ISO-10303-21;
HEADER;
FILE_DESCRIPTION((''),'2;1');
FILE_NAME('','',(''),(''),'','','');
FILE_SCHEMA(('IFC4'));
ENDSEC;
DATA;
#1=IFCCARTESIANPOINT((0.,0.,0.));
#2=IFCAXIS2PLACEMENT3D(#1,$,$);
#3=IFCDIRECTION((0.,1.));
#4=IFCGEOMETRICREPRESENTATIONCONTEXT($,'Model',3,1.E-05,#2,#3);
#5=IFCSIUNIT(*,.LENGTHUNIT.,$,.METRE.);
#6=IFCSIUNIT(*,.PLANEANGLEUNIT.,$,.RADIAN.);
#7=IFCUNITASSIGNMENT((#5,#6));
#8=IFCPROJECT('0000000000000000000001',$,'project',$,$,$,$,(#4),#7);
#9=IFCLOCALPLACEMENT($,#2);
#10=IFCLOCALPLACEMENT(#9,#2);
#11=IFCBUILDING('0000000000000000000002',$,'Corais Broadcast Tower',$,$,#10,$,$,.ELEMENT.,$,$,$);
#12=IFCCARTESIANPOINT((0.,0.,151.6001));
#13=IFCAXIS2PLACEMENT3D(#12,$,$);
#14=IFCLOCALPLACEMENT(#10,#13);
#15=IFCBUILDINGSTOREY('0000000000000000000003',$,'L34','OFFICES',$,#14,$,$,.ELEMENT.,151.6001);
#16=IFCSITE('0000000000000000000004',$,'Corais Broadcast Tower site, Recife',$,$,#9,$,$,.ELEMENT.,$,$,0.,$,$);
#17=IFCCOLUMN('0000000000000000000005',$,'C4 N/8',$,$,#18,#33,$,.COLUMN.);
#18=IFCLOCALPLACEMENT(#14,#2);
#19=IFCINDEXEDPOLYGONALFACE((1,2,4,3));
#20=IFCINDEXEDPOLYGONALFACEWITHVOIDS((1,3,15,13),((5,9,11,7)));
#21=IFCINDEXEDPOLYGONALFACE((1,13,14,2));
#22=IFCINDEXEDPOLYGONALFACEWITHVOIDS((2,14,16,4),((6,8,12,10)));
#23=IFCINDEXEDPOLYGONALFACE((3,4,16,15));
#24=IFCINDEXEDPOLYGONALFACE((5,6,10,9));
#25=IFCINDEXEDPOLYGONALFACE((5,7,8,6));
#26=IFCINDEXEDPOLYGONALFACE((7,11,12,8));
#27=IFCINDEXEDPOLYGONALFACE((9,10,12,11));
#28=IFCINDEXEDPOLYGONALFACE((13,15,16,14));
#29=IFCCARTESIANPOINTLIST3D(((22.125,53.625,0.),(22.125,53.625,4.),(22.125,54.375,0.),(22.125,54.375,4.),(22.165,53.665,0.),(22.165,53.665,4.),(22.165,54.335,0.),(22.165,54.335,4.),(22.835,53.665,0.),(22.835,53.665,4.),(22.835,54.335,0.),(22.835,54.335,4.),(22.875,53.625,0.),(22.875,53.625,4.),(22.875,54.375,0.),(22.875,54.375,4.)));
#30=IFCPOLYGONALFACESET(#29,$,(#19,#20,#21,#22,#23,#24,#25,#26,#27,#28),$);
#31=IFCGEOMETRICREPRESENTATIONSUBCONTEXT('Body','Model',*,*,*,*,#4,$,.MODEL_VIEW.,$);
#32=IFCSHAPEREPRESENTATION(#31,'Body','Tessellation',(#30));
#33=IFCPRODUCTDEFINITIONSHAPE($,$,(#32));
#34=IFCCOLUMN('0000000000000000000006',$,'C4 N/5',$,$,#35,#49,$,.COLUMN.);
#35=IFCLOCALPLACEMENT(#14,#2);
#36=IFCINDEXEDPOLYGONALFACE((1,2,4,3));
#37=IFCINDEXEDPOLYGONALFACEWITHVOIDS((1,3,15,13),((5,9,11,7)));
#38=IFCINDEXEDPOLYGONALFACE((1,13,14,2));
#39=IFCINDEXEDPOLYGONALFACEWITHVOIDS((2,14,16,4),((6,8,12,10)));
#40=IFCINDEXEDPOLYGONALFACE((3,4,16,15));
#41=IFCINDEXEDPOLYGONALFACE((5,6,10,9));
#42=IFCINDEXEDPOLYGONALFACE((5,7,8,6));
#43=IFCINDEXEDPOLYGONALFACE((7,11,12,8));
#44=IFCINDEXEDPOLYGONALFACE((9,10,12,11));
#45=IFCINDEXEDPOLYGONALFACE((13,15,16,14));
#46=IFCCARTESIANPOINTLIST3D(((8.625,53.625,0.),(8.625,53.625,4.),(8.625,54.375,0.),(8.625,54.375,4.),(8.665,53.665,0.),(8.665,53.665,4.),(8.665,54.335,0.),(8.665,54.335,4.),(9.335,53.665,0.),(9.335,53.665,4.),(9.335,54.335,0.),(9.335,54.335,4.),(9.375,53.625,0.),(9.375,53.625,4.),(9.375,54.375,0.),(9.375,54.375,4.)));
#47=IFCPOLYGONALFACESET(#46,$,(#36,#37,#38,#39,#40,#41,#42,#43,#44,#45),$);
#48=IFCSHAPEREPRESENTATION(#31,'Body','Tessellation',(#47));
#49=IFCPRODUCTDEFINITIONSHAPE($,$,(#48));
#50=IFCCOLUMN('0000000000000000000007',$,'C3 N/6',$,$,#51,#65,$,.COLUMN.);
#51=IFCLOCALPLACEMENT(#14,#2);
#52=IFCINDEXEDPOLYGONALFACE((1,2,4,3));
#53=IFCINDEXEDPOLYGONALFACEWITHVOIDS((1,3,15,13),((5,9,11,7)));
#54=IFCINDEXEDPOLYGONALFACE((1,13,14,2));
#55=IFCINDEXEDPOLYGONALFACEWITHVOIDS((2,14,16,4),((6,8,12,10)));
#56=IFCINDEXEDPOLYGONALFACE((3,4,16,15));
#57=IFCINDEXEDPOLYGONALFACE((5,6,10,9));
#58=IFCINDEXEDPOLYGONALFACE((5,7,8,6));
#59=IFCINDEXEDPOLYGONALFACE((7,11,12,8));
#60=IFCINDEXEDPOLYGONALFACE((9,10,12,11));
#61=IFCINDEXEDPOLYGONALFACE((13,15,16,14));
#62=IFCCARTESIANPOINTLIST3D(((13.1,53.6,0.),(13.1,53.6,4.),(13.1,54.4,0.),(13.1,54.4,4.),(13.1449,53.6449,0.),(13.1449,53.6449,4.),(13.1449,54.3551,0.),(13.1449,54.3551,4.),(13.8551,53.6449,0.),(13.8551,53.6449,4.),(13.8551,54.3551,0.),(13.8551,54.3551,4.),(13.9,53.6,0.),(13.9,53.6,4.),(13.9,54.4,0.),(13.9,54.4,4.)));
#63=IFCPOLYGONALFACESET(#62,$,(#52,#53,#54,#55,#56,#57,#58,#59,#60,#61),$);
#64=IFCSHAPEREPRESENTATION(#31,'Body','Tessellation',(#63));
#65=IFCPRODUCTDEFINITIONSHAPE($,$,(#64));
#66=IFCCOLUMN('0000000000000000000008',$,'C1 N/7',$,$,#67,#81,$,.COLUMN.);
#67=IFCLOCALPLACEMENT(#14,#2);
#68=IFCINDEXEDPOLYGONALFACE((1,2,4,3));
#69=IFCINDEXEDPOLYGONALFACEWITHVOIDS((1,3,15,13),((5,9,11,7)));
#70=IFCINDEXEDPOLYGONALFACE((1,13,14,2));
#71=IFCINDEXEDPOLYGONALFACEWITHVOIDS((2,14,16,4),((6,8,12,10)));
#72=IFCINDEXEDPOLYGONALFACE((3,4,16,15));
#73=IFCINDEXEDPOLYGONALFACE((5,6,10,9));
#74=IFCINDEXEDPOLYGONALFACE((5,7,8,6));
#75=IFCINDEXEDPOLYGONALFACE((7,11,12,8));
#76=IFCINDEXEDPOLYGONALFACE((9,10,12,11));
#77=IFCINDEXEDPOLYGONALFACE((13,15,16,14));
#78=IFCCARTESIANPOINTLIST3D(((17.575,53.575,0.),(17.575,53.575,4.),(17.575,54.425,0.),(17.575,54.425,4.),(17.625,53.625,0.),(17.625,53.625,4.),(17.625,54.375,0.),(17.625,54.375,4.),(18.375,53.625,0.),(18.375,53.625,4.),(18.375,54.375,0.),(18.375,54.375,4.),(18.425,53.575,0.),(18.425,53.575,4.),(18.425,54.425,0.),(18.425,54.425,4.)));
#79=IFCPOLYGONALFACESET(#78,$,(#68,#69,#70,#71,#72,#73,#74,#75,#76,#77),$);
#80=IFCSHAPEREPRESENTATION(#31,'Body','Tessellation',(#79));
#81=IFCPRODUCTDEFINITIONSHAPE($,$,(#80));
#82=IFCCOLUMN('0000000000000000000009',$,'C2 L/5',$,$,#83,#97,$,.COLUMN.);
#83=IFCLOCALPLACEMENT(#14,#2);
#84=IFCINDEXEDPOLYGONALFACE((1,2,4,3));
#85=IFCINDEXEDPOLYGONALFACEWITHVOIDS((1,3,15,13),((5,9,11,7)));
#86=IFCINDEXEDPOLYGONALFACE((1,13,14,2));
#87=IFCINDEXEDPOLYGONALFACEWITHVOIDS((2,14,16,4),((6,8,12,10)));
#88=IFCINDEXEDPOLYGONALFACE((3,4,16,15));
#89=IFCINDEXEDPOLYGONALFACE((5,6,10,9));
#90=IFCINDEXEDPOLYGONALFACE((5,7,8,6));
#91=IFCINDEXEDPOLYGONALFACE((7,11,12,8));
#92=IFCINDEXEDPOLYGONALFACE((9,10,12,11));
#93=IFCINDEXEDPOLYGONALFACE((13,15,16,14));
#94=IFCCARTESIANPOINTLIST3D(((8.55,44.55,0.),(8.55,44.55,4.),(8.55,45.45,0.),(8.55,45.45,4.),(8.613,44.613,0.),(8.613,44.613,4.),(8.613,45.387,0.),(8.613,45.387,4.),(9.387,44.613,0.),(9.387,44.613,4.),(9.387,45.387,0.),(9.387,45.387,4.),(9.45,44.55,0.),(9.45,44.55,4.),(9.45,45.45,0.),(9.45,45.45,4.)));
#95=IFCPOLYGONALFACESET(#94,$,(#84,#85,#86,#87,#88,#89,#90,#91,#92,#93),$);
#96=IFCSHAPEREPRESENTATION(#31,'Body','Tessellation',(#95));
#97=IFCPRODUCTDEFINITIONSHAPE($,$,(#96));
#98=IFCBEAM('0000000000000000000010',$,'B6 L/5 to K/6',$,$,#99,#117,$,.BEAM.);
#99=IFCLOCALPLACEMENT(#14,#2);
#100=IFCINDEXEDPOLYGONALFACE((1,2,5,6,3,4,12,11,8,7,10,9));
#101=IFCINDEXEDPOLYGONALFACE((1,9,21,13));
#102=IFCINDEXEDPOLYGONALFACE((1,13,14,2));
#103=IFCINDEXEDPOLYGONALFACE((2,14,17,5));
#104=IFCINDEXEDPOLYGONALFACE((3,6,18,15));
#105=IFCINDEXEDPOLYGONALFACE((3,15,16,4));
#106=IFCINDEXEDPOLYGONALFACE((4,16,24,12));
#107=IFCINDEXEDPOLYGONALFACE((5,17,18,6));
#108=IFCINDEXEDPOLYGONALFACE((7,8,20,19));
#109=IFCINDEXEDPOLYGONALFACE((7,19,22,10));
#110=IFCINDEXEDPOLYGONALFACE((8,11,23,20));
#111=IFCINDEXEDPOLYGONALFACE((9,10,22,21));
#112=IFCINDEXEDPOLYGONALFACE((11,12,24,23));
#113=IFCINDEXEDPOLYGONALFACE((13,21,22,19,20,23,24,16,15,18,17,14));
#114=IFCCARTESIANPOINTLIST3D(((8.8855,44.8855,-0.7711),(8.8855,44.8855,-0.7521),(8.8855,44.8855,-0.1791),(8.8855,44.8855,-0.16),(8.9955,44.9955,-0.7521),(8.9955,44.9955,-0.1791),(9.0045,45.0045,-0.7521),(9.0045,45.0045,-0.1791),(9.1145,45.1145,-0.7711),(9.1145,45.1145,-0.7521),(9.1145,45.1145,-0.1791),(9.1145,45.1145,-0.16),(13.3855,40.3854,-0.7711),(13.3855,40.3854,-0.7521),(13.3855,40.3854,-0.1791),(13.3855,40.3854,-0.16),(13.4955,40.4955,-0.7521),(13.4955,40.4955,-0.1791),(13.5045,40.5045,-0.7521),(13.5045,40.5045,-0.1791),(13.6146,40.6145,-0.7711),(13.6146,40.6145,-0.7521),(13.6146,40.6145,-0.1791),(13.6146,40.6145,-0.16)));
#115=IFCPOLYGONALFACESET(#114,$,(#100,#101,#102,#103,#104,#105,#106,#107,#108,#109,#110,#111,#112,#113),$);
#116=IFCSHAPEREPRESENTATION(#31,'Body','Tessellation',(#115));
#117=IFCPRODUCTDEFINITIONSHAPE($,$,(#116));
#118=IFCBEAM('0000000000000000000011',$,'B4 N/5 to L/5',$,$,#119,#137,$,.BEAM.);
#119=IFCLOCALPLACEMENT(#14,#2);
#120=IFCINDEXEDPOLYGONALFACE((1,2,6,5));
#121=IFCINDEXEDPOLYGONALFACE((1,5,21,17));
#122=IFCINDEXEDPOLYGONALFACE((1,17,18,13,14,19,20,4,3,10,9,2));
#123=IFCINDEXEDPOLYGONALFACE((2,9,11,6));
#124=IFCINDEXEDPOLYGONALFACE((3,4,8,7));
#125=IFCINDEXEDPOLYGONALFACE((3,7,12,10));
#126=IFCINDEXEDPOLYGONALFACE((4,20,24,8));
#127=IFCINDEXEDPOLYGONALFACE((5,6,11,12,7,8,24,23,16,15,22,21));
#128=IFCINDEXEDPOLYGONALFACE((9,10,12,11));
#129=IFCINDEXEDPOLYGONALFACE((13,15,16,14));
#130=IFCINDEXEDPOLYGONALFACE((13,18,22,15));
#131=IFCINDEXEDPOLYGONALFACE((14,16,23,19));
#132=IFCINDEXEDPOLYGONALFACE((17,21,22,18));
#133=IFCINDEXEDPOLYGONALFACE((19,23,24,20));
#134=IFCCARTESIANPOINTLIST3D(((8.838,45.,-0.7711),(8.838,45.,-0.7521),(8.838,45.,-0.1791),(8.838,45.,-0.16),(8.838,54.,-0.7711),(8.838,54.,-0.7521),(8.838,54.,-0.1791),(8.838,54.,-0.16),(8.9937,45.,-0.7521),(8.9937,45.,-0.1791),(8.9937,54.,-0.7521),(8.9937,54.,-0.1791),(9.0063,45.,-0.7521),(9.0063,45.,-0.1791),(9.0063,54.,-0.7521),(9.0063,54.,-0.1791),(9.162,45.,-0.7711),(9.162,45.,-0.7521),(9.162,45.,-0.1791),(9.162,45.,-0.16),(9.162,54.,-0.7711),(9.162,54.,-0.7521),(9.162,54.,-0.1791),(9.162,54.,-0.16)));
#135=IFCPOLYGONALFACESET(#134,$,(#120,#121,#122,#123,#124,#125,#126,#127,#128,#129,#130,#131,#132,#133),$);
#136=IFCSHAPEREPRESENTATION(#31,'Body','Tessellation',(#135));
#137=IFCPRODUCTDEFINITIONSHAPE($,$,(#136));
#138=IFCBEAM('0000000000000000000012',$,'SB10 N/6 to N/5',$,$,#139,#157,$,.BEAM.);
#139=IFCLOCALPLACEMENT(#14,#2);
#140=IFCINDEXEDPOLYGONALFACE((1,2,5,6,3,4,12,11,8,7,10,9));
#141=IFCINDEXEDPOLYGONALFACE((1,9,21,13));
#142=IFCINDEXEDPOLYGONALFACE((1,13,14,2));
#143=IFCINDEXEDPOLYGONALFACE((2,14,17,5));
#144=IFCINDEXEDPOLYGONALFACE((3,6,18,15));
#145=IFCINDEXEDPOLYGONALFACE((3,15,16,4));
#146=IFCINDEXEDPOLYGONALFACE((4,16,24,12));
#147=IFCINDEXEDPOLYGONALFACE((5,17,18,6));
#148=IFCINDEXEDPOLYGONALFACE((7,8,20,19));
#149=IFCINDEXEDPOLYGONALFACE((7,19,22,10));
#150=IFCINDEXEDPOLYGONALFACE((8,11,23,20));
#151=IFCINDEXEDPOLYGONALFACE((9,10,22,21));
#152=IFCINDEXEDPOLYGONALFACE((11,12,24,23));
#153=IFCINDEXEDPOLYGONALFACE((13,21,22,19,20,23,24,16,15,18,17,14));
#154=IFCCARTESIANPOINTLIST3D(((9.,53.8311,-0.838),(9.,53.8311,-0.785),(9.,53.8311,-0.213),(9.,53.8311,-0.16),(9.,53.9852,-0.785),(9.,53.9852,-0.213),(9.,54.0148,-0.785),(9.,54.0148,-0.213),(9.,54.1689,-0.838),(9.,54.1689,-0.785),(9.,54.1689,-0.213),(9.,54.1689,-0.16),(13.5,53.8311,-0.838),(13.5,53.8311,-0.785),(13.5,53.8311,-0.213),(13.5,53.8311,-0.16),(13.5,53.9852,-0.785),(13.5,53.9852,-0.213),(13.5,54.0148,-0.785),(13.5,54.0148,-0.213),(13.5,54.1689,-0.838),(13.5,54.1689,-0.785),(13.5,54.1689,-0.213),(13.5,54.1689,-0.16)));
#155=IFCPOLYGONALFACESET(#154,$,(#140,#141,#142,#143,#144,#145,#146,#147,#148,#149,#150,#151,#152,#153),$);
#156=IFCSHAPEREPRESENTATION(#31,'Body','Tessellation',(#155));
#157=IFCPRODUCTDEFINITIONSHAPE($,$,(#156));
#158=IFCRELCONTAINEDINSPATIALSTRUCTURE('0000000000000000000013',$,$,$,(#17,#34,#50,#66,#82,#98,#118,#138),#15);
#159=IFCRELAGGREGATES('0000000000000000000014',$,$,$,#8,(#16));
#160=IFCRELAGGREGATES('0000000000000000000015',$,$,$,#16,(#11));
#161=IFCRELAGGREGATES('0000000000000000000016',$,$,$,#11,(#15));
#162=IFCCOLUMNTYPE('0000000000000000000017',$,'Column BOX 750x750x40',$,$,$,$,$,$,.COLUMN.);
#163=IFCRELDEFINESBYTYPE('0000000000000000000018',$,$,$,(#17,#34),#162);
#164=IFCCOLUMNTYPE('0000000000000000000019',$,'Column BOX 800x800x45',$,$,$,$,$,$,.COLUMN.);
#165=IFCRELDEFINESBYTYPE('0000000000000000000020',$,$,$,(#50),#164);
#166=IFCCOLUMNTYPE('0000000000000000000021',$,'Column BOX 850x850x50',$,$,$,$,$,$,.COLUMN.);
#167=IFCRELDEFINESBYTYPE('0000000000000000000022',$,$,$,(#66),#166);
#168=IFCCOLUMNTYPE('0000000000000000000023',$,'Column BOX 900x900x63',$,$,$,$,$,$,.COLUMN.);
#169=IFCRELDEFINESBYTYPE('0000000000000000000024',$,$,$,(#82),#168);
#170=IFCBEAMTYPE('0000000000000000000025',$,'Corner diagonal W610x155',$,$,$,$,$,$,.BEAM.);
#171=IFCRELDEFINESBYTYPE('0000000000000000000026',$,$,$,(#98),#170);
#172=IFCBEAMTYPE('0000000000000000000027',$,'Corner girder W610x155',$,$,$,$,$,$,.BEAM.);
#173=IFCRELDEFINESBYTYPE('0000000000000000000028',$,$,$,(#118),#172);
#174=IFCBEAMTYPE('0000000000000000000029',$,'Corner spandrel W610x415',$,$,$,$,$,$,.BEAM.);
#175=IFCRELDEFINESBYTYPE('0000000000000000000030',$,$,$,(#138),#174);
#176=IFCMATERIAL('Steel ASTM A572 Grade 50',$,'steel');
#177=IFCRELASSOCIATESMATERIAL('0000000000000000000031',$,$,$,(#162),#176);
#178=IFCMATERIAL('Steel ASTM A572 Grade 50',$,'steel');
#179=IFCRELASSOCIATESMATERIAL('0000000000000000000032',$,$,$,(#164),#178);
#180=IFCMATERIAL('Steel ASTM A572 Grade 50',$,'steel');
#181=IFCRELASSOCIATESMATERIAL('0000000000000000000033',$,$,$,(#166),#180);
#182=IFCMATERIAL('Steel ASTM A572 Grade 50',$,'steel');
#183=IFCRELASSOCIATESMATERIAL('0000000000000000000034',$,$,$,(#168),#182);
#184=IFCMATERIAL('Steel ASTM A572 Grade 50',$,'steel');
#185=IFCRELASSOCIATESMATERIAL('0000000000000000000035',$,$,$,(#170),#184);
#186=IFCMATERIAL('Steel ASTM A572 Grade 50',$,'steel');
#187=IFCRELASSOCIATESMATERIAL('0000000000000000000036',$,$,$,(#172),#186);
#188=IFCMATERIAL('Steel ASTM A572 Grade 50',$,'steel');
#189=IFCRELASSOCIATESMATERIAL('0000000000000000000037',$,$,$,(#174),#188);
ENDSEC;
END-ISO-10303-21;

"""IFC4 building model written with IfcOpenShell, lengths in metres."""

from ifc_helpers import new_model, si_unit, direction, frame, origin, origin_2d, place, context, subcontext, project, spatial, hollow_rectangle, i_section, extrude, material, material_profile, profile_set, type_object, element, save


model = new_model("IFC4")

# Units and contexts
model_context = context("Model", 3, precision=1e-05, world=origin(), true_north=direction((0.0, 1.0)))
body_context = subcontext(model_context, "Body", "Model", "MODEL_VIEW")
ifc_project = project(units=[si_unit("LENGTHUNIT", "METRE"), si_unit("PLANEANGLEUNIT", "RADIAN")], contexts=[model_context])

# Site, building, storey
site_placement = place(None, origin())
site = spatial("IfcSite", under=ifc_project, at=site_placement, Name="Corais Broadcast Tower site, Recife", CompositionType="ELEMENT", RefElevation=0.0)
building_placement = place(site_placement, origin())
building = spatial("IfcBuilding", under=site, at=building_placement, Name="Corais Broadcast Tower", CompositionType="ELEMENT")
storey_placement = place(building_placement, frame((0.0, 0.0, 151.6001)))
storey = spatial("IfcBuildingStorey", under=building, at=storey_placement, Name="L34", Description="OFFICES", CompositionType="ELEMENT", Elevation=151.6001)

# Columns
ifc_material_1 = material(Name="Steel ASTM A572 Grade 50", Category="steel")
ifc_material_profile_1 = material_profile(ifc_material_1, hollow_rectangle(XDim=0.75, YDim=0.75, WallThickness=0.04, at=origin_2d()), Name="BOX 750x750x40")
ifc_profile_set_1 = profile_set([ifc_material_profile_1], Name="Steel ASTM A572 Grade 50")
column_type_1 = type_object("IfcColumnType", Name="Column BOX 750x750x40", PredefinedType="COLUMN", material=ifc_profile_set_1)
for number, where, z_axis, x_axis, name in (
    (1, (22.5, 54.0, 0.0), (0.0, 0.0, 1.0), (1.0, 0.0, 0.0), "C4 N/8"),
    (2, (9.0, 54.0, 0.0), (0.0, 0.0, 1.0), (1.0, 0.0, 0.0), "C4 N/5"),
):
    element("IfcColumn", number, at=place(storey_placement, frame(where, z_axis=z_axis, x_axis=x_axis)), inside=storey, type_object=column_type_1, Name=name, PredefinedType="COLUMN", context=body_context, shape_type="SweptSolid", body=[
        extrude(hollow_rectangle(XDim=0.75, YDim=0.75, WallThickness=0.04, at=origin_2d()), origin(), (0.0, 0.0, 1.0), 4.0),
    ])
ifc_material_2 = material(Name="Steel ASTM A572 Grade 50", Category="steel")
ifc_material_profile_2 = material_profile(ifc_material_2, hollow_rectangle(XDim=0.8, YDim=0.8, WallThickness=0.0449, at=origin_2d()), Name="BOX 800x800x45")
ifc_profile_set_2 = profile_set([ifc_material_profile_2], Name="Steel ASTM A572 Grade 50")
column_type_2 = type_object("IfcColumnType", Name="Column BOX 800x800x45", PredefinedType="COLUMN", material=ifc_profile_set_2)
column_1_placement = place(storey_placement, frame((13.5, 54.0, 0.0), z_axis=(0.0, 0.0, 1.0), x_axis=(1.0, 0.0, 0.0)))
element("IfcColumn", 3, at=column_1_placement, inside=storey, type_object=column_type_2, Name="C3 N/6", PredefinedType="COLUMN", context=body_context, shape_type="SweptSolid", body=[
    extrude(hollow_rectangle(XDim=0.8, YDim=0.8, WallThickness=0.0449, at=origin_2d()), origin(), (0.0, 0.0, 1.0), 4.0),
])
ifc_material_3 = material(Name="Steel ASTM A572 Grade 50", Category="steel")
ifc_material_profile_3 = material_profile(ifc_material_3, hollow_rectangle(XDim=0.8501, YDim=0.8501, WallThickness=0.05, at=origin_2d()), Name="BOX 850x850x50")
ifc_profile_set_3 = profile_set([ifc_material_profile_3], Name="Steel ASTM A572 Grade 50")
column_type_3 = type_object("IfcColumnType", Name="Column BOX 850x850x50", PredefinedType="COLUMN", material=ifc_profile_set_3)
column_2_placement = place(storey_placement, frame((18.0, 54.0, 0.0), z_axis=(0.0, 0.0, 1.0), x_axis=(1.0, 0.0, 0.0)))
element("IfcColumn", 4, at=column_2_placement, inside=storey, type_object=column_type_3, Name="C1 N/7", PredefinedType="COLUMN", context=body_context, shape_type="SweptSolid", body=[
    extrude(hollow_rectangle(XDim=0.8501, YDim=0.8501, WallThickness=0.05, at=origin_2d()), origin(), (0.0, 0.0, 1.0), 4.0),
])
ifc_material_4 = material(Name="Steel ASTM A572 Grade 50", Category="steel")
ifc_material_profile_4 = material_profile(ifc_material_4, hollow_rectangle(XDim=0.8999, YDim=0.8999, WallThickness=0.063, at=origin_2d()), Name="BOX 900x900x63")
ifc_profile_set_4 = profile_set([ifc_material_profile_4], Name="Steel ASTM A572 Grade 50")
column_type_4 = type_object("IfcColumnType", Name="Column BOX 900x900x63", PredefinedType="COLUMN", material=ifc_profile_set_4)
column_3_placement = place(storey_placement, frame((9.0, 45.0, 0.0), z_axis=(0.0, 0.0, 1.0), x_axis=(1.0, 0.0, 0.0)))
element("IfcColumn", 5, at=column_3_placement, inside=storey, type_object=column_type_4, Name="C2 L/5", PredefinedType="COLUMN", context=body_context, shape_type="SweptSolid", body=[
    extrude(hollow_rectangle(XDim=0.8999, YDim=0.8999, WallThickness=0.063, at=origin_2d()), origin(), (0.0, 0.0, 1.0), 4.0),
])

# Beams
ifc_material_5 = material(Name="Steel ASTM A572 Grade 50", Category="steel")
ifc_material_profile_5 = material_profile(ifc_material_5, i_section(OverallWidth=0.324, OverallDepth=0.6111, WebThickness=0.0127, FlangeThickness=0.019, at=origin_2d()), Name="W610x155")
ifc_profile_set_5 = profile_set([ifc_material_profile_5], Name="Steel ASTM A572 Grade 50")
beam_type_1 = type_object("IfcBeamType", Name="Corner diagonal W610x155", PredefinedType="BEAM", material=ifc_profile_set_5)
beam_1_placement = place(storey_placement, frame((9.0, 45.0, -0.4656), z_axis=(0.707107, -0.707107, 0.0), x_axis=(0.707107, 0.707107, 0.0)))
element("IfcBeam", 6, at=beam_1_placement, inside=storey, type_object=beam_type_1, Name="B6 L/5 to K/6", PredefinedType="BEAM", context=body_context, shape_type="SweptSolid", body=[
    extrude(i_section(OverallWidth=0.324, OverallDepth=0.6111, WebThickness=0.0127, FlangeThickness=0.019, at=origin_2d()), origin(), (0.0, 0.0, 1.0), 6.364),
])
ifc_material_6 = material(Name="Steel ASTM A572 Grade 50", Category="steel")
ifc_material_profile_6 = material_profile(ifc_material_6, i_section(OverallWidth=0.324, OverallDepth=0.6111, WebThickness=0.0127, FlangeThickness=0.019, at=origin_2d()), Name="W610x155")
ifc_profile_set_6 = profile_set([ifc_material_profile_6], Name="Steel ASTM A572 Grade 50")
beam_type_2 = type_object("IfcBeamType", Name="Corner girder W610x155", PredefinedType="BEAM", material=ifc_profile_set_6)
beam_2_placement = place(storey_placement, frame((9.0, 54.0, -0.4656), z_axis=(0.0, -1.0, 0.0), x_axis=(1.0, 0.0, 0.0)))
element("IfcBeam", 7, at=beam_2_placement, inside=storey, type_object=beam_type_2, Name="B4 N/5 to L/5", PredefinedType="BEAM", context=body_context, shape_type="SweptSolid", body=[
    extrude(i_section(OverallWidth=0.324, OverallDepth=0.6111, WebThickness=0.0127, FlangeThickness=0.019, at=origin_2d()), origin(), (0.0, 0.0, 1.0), 9.0),
])
ifc_material_7 = material(Name="Steel ASTM A572 Grade 50", Category="steel")
ifc_material_profile_7 = material_profile(ifc_material_7, i_section(OverallWidth=0.3379, OverallDepth=0.678, WebThickness=0.0295, FlangeThickness=0.053, at=origin_2d()), Name="W610x415")
ifc_profile_set_7 = profile_set([ifc_material_profile_7], Name="Steel ASTM A572 Grade 50")
beam_type_3 = type_object("IfcBeamType", Name="Corner spandrel W610x415", PredefinedType="BEAM", material=ifc_profile_set_7)
beam_3_placement = place(storey_placement, frame((13.5, 54.0, -0.499), z_axis=(-1.0, 0.0, 0.0), x_axis=(0.0, -1.0, 0.0)))
element("IfcBeam", 8, at=beam_3_placement, inside=storey, type_object=beam_type_3, Name="SB10 N/6 to N/5", PredefinedType="BEAM", context=body_context, shape_type="SweptSolid", body=[
    extrude(i_section(OverallWidth=0.3379, OverallDepth=0.678, WebThickness=0.0295, FlangeThickness=0.053, at=origin_2d()), origin(), (0.0, 0.0, 1.0), 4.5),
])

save(model, "model.ifc")
